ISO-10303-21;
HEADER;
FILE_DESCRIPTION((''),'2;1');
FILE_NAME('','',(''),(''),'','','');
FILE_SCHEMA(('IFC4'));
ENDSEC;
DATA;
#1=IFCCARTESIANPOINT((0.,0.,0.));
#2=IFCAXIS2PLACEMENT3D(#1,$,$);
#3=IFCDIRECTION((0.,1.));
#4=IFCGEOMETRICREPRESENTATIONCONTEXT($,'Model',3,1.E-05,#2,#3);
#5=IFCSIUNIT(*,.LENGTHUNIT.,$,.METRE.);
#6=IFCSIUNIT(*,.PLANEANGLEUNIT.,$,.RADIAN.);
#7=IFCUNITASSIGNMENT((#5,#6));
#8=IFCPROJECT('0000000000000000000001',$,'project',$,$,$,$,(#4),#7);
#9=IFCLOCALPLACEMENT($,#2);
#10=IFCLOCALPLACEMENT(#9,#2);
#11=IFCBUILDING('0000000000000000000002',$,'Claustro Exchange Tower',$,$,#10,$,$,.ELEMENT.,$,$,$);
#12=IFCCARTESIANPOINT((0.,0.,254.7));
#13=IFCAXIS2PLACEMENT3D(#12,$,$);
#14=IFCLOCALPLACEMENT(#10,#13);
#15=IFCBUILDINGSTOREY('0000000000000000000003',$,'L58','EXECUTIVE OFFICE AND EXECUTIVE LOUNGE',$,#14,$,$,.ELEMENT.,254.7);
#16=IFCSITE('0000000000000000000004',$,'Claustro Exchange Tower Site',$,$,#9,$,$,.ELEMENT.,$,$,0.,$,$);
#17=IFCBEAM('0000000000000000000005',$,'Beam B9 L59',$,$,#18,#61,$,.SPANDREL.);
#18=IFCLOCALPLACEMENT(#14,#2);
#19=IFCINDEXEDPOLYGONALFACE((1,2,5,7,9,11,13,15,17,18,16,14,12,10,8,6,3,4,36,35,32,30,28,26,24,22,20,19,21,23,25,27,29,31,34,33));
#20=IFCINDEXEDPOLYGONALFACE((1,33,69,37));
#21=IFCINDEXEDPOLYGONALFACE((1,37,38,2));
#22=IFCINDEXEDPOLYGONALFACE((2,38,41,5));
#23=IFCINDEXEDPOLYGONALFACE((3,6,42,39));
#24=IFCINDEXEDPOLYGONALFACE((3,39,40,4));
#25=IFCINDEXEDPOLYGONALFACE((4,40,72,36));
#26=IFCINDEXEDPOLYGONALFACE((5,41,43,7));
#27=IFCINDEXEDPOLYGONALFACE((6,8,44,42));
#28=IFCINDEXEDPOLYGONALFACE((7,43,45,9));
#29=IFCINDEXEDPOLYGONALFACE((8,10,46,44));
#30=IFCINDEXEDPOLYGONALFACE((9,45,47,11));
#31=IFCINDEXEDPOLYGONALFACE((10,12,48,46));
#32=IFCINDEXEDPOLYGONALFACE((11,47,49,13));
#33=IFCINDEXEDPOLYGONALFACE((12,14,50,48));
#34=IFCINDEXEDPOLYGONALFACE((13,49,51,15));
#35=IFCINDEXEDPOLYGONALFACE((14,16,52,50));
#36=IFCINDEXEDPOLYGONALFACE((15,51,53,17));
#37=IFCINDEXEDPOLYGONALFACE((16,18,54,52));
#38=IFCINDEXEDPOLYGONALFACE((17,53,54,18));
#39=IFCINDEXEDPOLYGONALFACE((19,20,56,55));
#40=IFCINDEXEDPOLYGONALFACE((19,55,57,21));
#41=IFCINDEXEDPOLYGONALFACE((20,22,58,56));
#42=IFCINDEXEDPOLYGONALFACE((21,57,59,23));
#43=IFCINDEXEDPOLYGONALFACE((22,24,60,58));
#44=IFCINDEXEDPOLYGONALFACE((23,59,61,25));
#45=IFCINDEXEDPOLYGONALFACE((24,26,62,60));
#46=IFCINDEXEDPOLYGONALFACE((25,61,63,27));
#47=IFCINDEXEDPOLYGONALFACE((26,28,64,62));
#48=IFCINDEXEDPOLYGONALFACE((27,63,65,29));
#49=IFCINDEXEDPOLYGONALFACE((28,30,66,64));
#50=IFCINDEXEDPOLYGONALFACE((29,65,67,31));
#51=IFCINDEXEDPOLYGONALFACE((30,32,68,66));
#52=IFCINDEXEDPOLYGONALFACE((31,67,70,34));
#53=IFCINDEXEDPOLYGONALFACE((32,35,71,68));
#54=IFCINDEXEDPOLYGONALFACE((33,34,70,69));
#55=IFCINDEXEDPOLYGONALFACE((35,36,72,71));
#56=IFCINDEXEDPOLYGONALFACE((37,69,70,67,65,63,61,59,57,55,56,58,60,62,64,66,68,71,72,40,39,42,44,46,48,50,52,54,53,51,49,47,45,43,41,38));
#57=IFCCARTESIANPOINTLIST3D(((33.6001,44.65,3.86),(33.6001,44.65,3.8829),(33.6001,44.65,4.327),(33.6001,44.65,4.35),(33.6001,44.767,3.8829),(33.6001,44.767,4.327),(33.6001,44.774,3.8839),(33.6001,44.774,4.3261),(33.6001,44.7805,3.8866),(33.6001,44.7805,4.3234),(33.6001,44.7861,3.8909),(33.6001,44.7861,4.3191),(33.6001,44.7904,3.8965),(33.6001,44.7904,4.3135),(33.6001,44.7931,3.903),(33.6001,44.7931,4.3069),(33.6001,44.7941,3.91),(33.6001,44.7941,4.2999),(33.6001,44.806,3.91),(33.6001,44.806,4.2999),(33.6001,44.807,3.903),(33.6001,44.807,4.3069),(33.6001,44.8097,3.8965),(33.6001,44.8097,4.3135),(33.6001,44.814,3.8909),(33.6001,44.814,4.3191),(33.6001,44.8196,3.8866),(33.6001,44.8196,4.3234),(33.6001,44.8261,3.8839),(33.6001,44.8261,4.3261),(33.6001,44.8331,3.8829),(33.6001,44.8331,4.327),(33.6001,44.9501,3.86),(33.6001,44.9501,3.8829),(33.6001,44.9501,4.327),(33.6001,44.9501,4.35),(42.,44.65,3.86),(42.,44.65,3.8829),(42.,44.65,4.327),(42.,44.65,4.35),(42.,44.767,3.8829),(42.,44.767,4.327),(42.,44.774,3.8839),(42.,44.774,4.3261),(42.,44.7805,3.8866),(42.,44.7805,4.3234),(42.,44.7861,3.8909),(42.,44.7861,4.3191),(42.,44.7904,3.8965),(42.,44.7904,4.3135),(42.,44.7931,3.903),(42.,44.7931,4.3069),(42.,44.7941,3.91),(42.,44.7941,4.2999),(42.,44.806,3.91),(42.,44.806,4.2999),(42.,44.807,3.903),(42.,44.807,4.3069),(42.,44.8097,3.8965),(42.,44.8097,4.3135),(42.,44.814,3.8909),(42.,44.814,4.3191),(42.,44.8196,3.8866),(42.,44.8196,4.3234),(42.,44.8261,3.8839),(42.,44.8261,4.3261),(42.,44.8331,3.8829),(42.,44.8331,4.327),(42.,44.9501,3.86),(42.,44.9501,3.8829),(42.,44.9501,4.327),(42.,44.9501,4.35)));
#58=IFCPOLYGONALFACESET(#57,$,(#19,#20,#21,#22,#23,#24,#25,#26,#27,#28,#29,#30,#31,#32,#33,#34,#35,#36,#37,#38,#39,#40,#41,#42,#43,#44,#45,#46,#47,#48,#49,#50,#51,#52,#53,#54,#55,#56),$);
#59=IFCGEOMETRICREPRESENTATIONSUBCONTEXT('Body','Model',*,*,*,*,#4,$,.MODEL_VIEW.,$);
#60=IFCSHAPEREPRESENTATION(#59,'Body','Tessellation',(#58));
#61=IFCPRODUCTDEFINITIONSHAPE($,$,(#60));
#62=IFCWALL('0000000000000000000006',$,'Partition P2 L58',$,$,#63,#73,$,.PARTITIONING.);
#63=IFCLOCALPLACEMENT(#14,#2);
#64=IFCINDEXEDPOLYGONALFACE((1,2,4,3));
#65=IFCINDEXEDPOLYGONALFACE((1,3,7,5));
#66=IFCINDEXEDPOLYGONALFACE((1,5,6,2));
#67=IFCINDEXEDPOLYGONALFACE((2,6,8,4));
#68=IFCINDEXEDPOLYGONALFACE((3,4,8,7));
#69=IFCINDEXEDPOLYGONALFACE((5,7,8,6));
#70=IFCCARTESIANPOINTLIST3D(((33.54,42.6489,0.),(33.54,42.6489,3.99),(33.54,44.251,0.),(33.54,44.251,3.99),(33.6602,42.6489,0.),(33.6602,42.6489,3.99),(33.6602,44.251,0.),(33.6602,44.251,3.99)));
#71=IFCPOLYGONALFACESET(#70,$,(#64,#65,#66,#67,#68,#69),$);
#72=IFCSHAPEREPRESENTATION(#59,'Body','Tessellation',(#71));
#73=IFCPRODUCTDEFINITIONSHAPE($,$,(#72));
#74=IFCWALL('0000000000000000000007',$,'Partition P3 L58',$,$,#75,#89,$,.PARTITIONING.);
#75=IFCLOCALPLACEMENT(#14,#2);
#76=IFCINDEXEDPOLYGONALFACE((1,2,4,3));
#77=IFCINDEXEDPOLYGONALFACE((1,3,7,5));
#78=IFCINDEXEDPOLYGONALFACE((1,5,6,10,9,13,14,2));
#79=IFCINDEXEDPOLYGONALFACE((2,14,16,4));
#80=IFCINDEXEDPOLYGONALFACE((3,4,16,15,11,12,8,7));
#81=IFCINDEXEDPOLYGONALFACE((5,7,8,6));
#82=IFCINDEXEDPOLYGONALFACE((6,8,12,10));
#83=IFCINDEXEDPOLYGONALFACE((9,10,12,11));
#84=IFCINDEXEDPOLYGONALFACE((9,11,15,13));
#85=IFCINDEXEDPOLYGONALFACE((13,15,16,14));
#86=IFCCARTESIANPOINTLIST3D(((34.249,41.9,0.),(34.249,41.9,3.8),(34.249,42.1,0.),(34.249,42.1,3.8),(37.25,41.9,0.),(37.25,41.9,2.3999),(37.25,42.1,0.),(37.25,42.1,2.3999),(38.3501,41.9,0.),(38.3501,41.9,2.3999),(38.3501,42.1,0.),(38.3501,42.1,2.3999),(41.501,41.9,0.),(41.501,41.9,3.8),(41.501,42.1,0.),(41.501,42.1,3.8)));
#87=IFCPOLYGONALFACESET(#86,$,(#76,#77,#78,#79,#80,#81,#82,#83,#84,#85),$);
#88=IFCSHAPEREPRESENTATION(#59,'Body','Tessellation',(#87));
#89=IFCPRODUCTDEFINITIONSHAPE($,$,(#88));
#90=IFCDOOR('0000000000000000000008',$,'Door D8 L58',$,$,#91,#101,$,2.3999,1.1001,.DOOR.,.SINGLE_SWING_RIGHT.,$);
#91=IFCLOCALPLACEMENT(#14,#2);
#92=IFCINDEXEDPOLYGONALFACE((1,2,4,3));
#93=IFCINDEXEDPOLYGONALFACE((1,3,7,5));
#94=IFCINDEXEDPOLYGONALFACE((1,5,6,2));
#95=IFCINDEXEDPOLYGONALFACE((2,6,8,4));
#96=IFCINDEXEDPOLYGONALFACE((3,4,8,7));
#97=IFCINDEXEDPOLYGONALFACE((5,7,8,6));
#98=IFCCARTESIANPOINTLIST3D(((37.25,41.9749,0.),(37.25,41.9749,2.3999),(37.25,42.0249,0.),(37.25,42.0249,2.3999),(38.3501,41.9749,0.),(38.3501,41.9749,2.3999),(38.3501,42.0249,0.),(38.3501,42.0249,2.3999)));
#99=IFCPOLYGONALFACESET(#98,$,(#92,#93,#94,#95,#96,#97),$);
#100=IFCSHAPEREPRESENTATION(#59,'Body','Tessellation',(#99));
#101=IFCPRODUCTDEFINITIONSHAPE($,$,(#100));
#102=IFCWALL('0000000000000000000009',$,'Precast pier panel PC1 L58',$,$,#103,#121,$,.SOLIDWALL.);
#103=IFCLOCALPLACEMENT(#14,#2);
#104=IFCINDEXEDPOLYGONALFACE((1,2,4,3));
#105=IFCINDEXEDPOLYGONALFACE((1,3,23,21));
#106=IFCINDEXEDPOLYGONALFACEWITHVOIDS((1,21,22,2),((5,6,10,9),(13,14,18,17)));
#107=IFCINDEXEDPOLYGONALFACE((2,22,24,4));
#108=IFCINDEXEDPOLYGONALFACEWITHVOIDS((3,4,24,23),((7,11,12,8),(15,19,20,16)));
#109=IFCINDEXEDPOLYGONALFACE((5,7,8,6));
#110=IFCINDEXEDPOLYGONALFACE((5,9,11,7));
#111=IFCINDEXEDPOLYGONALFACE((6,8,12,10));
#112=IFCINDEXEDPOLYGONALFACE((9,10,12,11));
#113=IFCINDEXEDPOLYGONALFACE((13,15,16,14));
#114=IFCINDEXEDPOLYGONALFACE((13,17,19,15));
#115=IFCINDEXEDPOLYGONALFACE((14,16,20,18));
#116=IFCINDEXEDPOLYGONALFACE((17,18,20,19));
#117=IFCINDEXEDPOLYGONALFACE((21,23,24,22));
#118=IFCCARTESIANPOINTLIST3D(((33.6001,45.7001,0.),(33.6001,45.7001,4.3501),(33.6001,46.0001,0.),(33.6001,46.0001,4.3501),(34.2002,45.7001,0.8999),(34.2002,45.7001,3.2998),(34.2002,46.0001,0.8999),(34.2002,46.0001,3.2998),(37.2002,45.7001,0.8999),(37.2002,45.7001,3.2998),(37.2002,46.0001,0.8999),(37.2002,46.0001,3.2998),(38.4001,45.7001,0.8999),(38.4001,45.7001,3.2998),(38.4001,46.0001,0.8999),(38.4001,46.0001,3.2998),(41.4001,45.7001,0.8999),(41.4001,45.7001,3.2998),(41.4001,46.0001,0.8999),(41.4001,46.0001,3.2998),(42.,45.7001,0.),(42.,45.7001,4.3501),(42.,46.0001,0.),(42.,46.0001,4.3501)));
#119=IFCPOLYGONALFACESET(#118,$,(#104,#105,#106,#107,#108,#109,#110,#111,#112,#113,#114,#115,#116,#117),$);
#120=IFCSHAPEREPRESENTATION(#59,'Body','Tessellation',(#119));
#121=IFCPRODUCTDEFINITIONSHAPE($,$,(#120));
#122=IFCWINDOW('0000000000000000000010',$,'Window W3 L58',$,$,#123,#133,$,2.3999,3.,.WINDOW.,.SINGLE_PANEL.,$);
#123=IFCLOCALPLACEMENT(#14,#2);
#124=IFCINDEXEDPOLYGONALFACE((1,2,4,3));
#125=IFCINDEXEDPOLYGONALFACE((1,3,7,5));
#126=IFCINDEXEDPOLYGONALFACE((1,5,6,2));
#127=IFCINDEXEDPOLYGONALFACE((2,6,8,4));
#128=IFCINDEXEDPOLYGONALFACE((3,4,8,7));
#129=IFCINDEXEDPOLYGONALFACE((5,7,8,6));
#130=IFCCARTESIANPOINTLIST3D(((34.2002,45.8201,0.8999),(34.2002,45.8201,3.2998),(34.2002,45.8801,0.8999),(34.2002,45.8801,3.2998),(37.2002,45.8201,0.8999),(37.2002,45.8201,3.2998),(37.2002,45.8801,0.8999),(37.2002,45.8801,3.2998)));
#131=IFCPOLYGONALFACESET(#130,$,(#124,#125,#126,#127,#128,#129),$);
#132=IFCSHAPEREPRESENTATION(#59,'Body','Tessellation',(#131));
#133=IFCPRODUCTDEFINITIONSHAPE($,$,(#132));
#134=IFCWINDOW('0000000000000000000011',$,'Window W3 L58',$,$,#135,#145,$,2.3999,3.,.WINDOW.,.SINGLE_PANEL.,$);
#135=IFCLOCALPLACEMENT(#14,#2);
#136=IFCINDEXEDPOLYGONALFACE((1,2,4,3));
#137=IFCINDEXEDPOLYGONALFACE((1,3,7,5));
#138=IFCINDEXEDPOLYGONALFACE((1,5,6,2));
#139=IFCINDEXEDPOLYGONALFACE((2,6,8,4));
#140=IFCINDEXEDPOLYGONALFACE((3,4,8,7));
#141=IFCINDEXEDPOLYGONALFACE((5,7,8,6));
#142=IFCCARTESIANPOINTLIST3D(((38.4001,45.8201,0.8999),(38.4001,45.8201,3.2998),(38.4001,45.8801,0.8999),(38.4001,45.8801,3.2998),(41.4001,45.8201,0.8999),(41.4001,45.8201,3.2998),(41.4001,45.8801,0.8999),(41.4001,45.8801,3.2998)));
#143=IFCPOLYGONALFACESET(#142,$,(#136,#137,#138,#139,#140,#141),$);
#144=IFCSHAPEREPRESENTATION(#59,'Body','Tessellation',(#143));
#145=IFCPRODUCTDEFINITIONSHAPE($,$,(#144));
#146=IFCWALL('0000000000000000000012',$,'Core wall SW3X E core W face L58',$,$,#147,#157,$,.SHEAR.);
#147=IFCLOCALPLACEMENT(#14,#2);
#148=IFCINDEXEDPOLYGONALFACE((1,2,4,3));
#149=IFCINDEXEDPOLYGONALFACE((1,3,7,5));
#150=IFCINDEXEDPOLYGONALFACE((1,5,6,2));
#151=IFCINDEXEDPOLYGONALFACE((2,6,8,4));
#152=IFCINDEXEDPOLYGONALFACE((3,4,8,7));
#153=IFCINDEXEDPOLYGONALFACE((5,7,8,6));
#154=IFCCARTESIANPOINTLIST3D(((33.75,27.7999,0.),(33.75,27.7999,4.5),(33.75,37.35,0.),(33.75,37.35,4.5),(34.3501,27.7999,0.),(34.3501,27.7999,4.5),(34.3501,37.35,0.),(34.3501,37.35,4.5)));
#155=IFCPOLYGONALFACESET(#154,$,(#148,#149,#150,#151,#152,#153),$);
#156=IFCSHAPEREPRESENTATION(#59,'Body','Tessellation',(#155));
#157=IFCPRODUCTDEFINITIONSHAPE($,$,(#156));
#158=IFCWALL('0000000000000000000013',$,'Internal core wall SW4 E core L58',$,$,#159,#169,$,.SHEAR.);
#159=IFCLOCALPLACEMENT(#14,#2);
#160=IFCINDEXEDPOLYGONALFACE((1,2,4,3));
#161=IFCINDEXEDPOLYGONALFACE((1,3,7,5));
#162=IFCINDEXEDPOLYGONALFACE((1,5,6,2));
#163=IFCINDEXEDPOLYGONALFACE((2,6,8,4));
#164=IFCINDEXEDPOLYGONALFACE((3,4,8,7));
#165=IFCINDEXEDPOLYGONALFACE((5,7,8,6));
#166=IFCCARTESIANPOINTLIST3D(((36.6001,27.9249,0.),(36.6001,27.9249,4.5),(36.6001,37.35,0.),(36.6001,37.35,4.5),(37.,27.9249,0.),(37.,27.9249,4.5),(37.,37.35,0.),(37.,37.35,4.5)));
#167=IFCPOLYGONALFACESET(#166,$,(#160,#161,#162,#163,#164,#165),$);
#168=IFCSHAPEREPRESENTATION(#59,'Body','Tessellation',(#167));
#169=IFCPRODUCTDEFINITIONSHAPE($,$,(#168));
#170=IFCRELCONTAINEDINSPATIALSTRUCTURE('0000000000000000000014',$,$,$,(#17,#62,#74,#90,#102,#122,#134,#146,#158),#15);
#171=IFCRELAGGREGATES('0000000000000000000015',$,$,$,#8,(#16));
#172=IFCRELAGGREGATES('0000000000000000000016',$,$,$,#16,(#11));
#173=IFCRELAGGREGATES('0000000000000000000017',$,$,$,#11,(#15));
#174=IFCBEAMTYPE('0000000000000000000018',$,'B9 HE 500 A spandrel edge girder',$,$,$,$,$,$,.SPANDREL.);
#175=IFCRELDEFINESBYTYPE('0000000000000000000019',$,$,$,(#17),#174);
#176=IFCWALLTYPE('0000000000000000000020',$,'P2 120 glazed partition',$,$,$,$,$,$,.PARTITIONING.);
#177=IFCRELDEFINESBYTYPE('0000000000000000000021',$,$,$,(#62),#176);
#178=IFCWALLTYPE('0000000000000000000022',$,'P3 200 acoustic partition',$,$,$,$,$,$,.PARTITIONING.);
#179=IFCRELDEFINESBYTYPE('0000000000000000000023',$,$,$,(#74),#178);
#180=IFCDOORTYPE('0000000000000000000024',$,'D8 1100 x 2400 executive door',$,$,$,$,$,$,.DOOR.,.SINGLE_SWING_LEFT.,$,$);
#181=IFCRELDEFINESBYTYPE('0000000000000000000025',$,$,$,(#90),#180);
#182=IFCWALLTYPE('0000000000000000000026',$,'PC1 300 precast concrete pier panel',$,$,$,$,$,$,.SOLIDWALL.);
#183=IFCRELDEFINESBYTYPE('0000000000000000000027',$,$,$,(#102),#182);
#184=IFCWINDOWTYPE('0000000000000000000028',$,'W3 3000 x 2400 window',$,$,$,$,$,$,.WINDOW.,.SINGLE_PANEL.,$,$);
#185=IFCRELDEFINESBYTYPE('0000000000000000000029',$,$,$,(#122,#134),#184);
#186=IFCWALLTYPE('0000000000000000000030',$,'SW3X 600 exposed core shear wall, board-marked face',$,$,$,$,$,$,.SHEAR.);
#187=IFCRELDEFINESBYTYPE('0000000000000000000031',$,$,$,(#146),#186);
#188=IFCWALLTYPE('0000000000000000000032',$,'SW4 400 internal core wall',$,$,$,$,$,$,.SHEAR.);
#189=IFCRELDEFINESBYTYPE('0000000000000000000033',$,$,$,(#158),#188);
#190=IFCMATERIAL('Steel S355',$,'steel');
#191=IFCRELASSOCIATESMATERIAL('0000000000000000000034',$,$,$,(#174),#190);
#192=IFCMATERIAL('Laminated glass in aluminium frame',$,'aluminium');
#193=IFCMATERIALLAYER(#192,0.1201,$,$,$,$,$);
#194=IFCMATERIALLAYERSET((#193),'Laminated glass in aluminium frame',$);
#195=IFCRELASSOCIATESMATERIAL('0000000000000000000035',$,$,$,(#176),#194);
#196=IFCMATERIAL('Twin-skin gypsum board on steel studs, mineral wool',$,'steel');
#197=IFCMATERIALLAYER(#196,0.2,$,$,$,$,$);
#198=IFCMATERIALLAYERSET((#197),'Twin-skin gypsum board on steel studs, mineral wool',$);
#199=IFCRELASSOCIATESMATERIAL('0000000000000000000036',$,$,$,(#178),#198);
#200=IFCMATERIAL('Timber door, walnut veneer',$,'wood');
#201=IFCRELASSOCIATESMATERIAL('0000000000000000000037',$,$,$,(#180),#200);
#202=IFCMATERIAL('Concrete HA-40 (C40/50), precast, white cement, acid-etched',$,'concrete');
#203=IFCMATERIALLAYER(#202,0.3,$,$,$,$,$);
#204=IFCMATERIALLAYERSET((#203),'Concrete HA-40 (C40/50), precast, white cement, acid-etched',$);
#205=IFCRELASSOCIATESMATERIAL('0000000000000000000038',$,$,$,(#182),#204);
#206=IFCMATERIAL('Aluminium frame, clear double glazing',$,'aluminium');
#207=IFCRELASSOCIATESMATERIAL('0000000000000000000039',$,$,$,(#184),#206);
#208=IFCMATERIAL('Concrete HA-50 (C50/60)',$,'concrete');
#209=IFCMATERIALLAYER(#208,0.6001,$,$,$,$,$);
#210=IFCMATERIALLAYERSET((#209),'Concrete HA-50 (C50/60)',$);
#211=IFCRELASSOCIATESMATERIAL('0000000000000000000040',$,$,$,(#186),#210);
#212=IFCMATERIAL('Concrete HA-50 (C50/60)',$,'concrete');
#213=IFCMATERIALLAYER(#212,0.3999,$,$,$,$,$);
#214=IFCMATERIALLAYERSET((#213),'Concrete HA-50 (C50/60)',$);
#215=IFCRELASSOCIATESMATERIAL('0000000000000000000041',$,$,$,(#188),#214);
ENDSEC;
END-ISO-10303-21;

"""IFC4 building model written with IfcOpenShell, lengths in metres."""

from ifc_helpers import new_model, si_unit, direction, frame, frame_2d, origin, origin_2d, place, context, subcontext, project, spatial, rectangle, i_section, extrude, material, layer, layer_set, material_profile, profile_set, type_object, element, fill, save


model = new_model("IFC4")

# Units and contexts
model_context = context("Model", 3, precision=1e-05, world=origin(), true_north=direction((0.0, 1.0)))
body_context = subcontext(model_context, "Body", "Model", "MODEL_VIEW")
ifc_project = project(units=[si_unit("LENGTHUNIT", "METRE"), si_unit("PLANEANGLEUNIT", "RADIAN")], contexts=[model_context])

# Site, building, storey
site_placement = place(None, origin())
site = spatial("IfcSite", under=ifc_project, at=site_placement, Name="Claustro Exchange Tower Site", CompositionType="ELEMENT", RefElevation=0.0)
building_placement = place(site_placement, origin())
building = spatial("IfcBuilding", under=site, at=building_placement, Name="Claustro Exchange Tower", CompositionType="ELEMENT")
storey_placement = place(building_placement, frame((0.0, 0.0, 254.7)))
storey = spatial("IfcBuildingStorey", under=building, at=storey_placement, Name="L58", Description="EXECUTIVE OFFICE AND EXECUTIVE LOUNGE", CompositionType="ELEMENT", Elevation=254.7)

# Beam
ifc_material_1 = material(Name="Steel S355", Category="steel")
ifc_material_profile_1 = material_profile(ifc_material_1, i_section(OverallWidth=0.3, OverallDepth=0.49, WebThickness=0.012, FlangeThickness=0.0229, FilletRadius=0.0271, at=origin_2d()), Name="HE 500 A")
ifc_profile_set_1 = profile_set([ifc_material_profile_1], Name="Steel S355")
beam_type_1 = type_object("IfcBeamType", Name="B9 HE 500 A spandrel edge girder", PredefinedType="SPANDREL", material=ifc_profile_set_1)
beam_1_placement = place(storey_placement, frame((33.6001, 44.8, 4.105), z_axis=(1.0, 0.0, 0.0), x_axis=(0.0, 1.0, 0.0)))
element("IfcBeam", 1, at=beam_1_placement, inside=storey, type_object=beam_type_1, Name="Beam B9 L59", PredefinedType="SPANDREL", context=body_context, shape_type="SweptSolid", body=[
    extrude(i_section(OverallWidth=0.3, OverallDepth=0.49, WebThickness=0.012, FlangeThickness=0.0229, FilletRadius=0.0271, at=origin_2d()), origin(), (0.0, 0.0, 1.0), 8.3999),
])

# Wall
ifc_material_2 = material(Name="Laminated glass in aluminium frame", Category="aluminium")
ifc_layer_1 = layer(ifc_material_2, 0.1201)
ifc_layer_set_1 = layer_set([ifc_layer_1], Name="Laminated glass in aluminium frame")
wall_type_1 = type_object("IfcWallType", Name="P2 120 glazed partition", PredefinedType="PARTITIONING", material=ifc_layer_set_1)
wall_1_placement = place(storey_placement, frame((33.6001, 42.6489, 0.0), z_axis=(0.0, 0.0, 1.0), x_axis=(0.0, 1.0, 0.0)))
element("IfcWall", 2, at=wall_1_placement, inside=storey, type_object=wall_type_1, Name="Partition P2 L58", PredefinedType="PARTITIONING", context=body_context, shape_type="SweptSolid", body=[
    extrude(rectangle(XDim=1.6021, YDim=0.1201, at=frame_2d((0.801, 0.0))), origin(), (0.0, 0.0, 1.0), 3.99),
])

# Wall, opening, door
ifc_material_3 = material(Name="Twin-skin gypsum board on steel studs, mineral wool", Category="steel")
ifc_layer_2 = layer(ifc_material_3, 0.2)
ifc_layer_set_2 = layer_set([ifc_layer_2], Name="Twin-skin gypsum board on steel studs, mineral wool")
wall_type_2 = type_object("IfcWallType", Name="P3 200 acoustic partition", PredefinedType="PARTITIONING", material=ifc_layer_set_2)
wall_2_placement = place(storey_placement, frame((34.249, 42.0, 0.0), z_axis=(0.0, 0.0, 1.0), x_axis=(1.0, 0.0, 0.0)))
wall_2 = element("IfcWall", 3, at=wall_2_placement, inside=storey, type_object=wall_type_2, Name="Partition P3 L58", PredefinedType="PARTITIONING", context=body_context, shape_type="SweptSolid", body=[
    extrude(rectangle(XDim=7.252, YDim=0.2, at=frame_2d((3.626, 0.0))), origin(), (0.0, 0.0, 1.0), 3.8),
])
opening_1_placement = place(wall_2_placement, frame((3.001, 0.0, 0.0)))
opening_1 = element("IfcOpeningElement", 4, at=opening_1_placement, cuts=wall_2, PredefinedType="OPENING", context=body_context, shape_type="SweptSolid", body=[
    extrude(rectangle(XDim=1.1001, YDim=2.3999, at=frame_2d((0.55, 1.2))), frame((0.0, 0.1099, 0.0), z_axis=(0.0, -1.0, 0.0), x_axis=(1.0, 0.0, 0.0)), (0.0, 0.0, 1.0), 0.22),
])
ifc_material_4 = material(Name="Timber door, walnut veneer", Category="wood")
door_type_1 = type_object("IfcDoorType", Name="D8 1100 x 2400 executive door", OperationType="SINGLE_SWING_LEFT", PredefinedType="DOOR", material=ifc_material_4)
door_1_placement = place(opening_1_placement, origin())
door_1 = element("IfcDoor", 5, at=door_1_placement, inside=storey, type_object=door_type_1, Name="Door D8 L58", OperationType="SINGLE_SWING_RIGHT", OverallHeight=2.3999, OverallWidth=1.1001, PredefinedType="DOOR", context=body_context, shape_type="SweptSolid", body=[
    extrude(rectangle(XDim=1.1001, YDim=2.3999, at=frame_2d((0.55, 1.2))), frame((0.0, 0.0249, 0.0), z_axis=(0.0, -1.0, 0.0), x_axis=(1.0, 0.0, 0.0)), (0.0, 0.0, 1.0), 0.05),
])
fill(opening_1, door_1)

# Wall, openings, windows
ifc_material_5 = material(Name="Concrete HA-40 (C40/50), precast, white cement, acid-etched", Category="concrete")
ifc_layer_3 = layer(ifc_material_5, 0.3)
ifc_layer_set_3 = layer_set([ifc_layer_3], Name="Concrete HA-40 (C40/50), precast, white cement, acid-etched")
wall_type_3 = type_object("IfcWallType", Name="PC1 300 precast concrete pier panel", PredefinedType="SOLIDWALL", material=ifc_layer_set_3)
wall_3_placement = place(storey_placement, frame((33.6001, 45.8501, 0.0), z_axis=(0.0, 0.0, 1.0), x_axis=(1.0, 0.0, 0.0)))
wall_3 = element("IfcWall", 6, at=wall_3_placement, inside=storey, type_object=wall_type_3, Name="Precast pier panel PC1 L58", PredefinedType="SOLIDWALL", context=body_context, shape_type="SweptSolid", body=[
    extrude(rectangle(XDim=8.3999, YDim=0.3, at=frame_2d((4.2, 0.0))), origin(), (0.0, 0.0, 1.0), 4.3501),
])
opening_2_placement = place(wall_3_placement, frame((0.6001, 0.0, 0.8999)))
opening_2 = element("IfcOpeningElement", 7, at=opening_2_placement, cuts=wall_3, PredefinedType="OPENING", context=body_context, shape_type="SweptSolid", body=[
    extrude(rectangle(XDim=3.0, YDim=2.3999, at=frame_2d((1.5, 1.2))), frame((0.0, 0.1599, 0.0), z_axis=(0.0, -1.0, 0.0), x_axis=(1.0, 0.0, 0.0)), (0.0, 0.0, 1.0), 0.3201),
])
opening_3_placement = place(wall_3_placement, frame((4.8, 0.0, 0.8999)))
opening_3 = element("IfcOpeningElement", 8, at=opening_3_placement, cuts=wall_3, PredefinedType="OPENING", context=body_context, shape_type="SweptSolid", body=[
    extrude(rectangle(XDim=3.0, YDim=2.3999, at=frame_2d((1.5, 1.2))), frame((0.0, 0.1599, 0.0), z_axis=(0.0, -1.0, 0.0), x_axis=(1.0, 0.0, 0.0)), (0.0, 0.0, 1.0), 0.3201),
])
ifc_material_6 = material(Name="Aluminium frame, clear double glazing", Category="aluminium")
window_type = type_object("IfcWindowType", Name="W3 3000 x 2400 window", PartitioningType="SINGLE_PANEL", PredefinedType="WINDOW", material=ifc_material_6)
window_1_placement = place(opening_2_placement, origin())
window_1 = element("IfcWindow", 9, at=window_1_placement, inside=storey, type_object=window_type, Name="Window W3 L58", OverallHeight=2.3999, OverallWidth=3.0, PartitioningType="SINGLE_PANEL", PredefinedType="WINDOW", context=body_context, shape_type="SweptSolid", body=[
    extrude(rectangle(XDim=3.0, YDim=2.3999, at=frame_2d((1.5, 1.2))), frame((0.0, 0.03, 0.0), z_axis=(0.0, -1.0, 0.0), x_axis=(1.0, 0.0, 0.0)), (0.0, 0.0, 1.0), 0.0601),
])
fill(opening_2, window_1)
window_2_placement = place(opening_3_placement, origin())
window_2 = element("IfcWindow", 10, at=window_2_placement, inside=storey, type_object=window_type, Name="Window W3 L58", OverallHeight=2.3999, OverallWidth=3.0, PartitioningType="SINGLE_PANEL", PredefinedType="WINDOW", context=body_context, shape_type="SweptSolid", body=[
    extrude(rectangle(XDim=3.0, YDim=2.3999, at=frame_2d((1.5, 1.2))), frame((0.0, 0.03, 0.0), z_axis=(0.0, -1.0, 0.0), x_axis=(1.0, 0.0, 0.0)), (0.0, 0.0, 1.0), 0.0601),
])
fill(opening_3, window_2)

# Walls
ifc_material_7 = material(Name="Concrete HA-50 (C50/60)", Category="concrete")
ifc_layer_4 = layer(ifc_material_7, 0.6001)
ifc_layer_set_4 = layer_set([ifc_layer_4], Name="Concrete HA-50 (C50/60)")
wall_type_4 = type_object("IfcWallType", Name="SW3X 600 exposed core shear wall, board-marked face", PredefinedType="SHEAR", material=ifc_layer_set_4)
wall_4_placement = place(storey_placement, frame((34.05, 27.8, 0.0), z_axis=(0.0, 0.0, 1.0), x_axis=(0.0, 1.0, 0.0)))
element("IfcWall", 11, at=wall_4_placement, inside=storey, type_object=wall_type_4, Name="Core wall SW3X E core W face L58", PredefinedType="SHEAR", context=body_context, shape_type="SweptSolid", body=[
    extrude(rectangle(XDim=9.55, YDim=0.6001, at=frame_2d((4.7749, 0.0))), origin(), (0.0, 0.0, 1.0), 4.5),
])
ifc_material_8 = material(Name="Concrete HA-50 (C50/60)", Category="concrete")
ifc_layer_5 = layer(ifc_material_8, 0.3999)
ifc_layer_set_5 = layer_set([ifc_layer_5], Name="Concrete HA-50 (C50/60)")
wall_type_5 = type_object("IfcWallType", Name="SW4 400 internal core wall", PredefinedType="SHEAR", material=ifc_layer_set_5)
wall_5_placement = place(storey_placement, frame((36.8, 27.925, 0.0), z_axis=(0.0, 0.0, 1.0), x_axis=(0.0, 1.0, 0.0)))
element("IfcWall", 12, at=wall_5_placement, inside=storey, type_object=wall_type_5, Name="Internal core wall SW4 E core L58", PredefinedType="SHEAR", context=body_context, shape_type="SweptSolid", body=[
    extrude(rectangle(XDim=9.425, YDim=0.3999, at=frame_2d((4.7124, 0.0))), origin(), (0.0, 0.0, 1.0), 4.5),
])

save(model, "model.ifc")
